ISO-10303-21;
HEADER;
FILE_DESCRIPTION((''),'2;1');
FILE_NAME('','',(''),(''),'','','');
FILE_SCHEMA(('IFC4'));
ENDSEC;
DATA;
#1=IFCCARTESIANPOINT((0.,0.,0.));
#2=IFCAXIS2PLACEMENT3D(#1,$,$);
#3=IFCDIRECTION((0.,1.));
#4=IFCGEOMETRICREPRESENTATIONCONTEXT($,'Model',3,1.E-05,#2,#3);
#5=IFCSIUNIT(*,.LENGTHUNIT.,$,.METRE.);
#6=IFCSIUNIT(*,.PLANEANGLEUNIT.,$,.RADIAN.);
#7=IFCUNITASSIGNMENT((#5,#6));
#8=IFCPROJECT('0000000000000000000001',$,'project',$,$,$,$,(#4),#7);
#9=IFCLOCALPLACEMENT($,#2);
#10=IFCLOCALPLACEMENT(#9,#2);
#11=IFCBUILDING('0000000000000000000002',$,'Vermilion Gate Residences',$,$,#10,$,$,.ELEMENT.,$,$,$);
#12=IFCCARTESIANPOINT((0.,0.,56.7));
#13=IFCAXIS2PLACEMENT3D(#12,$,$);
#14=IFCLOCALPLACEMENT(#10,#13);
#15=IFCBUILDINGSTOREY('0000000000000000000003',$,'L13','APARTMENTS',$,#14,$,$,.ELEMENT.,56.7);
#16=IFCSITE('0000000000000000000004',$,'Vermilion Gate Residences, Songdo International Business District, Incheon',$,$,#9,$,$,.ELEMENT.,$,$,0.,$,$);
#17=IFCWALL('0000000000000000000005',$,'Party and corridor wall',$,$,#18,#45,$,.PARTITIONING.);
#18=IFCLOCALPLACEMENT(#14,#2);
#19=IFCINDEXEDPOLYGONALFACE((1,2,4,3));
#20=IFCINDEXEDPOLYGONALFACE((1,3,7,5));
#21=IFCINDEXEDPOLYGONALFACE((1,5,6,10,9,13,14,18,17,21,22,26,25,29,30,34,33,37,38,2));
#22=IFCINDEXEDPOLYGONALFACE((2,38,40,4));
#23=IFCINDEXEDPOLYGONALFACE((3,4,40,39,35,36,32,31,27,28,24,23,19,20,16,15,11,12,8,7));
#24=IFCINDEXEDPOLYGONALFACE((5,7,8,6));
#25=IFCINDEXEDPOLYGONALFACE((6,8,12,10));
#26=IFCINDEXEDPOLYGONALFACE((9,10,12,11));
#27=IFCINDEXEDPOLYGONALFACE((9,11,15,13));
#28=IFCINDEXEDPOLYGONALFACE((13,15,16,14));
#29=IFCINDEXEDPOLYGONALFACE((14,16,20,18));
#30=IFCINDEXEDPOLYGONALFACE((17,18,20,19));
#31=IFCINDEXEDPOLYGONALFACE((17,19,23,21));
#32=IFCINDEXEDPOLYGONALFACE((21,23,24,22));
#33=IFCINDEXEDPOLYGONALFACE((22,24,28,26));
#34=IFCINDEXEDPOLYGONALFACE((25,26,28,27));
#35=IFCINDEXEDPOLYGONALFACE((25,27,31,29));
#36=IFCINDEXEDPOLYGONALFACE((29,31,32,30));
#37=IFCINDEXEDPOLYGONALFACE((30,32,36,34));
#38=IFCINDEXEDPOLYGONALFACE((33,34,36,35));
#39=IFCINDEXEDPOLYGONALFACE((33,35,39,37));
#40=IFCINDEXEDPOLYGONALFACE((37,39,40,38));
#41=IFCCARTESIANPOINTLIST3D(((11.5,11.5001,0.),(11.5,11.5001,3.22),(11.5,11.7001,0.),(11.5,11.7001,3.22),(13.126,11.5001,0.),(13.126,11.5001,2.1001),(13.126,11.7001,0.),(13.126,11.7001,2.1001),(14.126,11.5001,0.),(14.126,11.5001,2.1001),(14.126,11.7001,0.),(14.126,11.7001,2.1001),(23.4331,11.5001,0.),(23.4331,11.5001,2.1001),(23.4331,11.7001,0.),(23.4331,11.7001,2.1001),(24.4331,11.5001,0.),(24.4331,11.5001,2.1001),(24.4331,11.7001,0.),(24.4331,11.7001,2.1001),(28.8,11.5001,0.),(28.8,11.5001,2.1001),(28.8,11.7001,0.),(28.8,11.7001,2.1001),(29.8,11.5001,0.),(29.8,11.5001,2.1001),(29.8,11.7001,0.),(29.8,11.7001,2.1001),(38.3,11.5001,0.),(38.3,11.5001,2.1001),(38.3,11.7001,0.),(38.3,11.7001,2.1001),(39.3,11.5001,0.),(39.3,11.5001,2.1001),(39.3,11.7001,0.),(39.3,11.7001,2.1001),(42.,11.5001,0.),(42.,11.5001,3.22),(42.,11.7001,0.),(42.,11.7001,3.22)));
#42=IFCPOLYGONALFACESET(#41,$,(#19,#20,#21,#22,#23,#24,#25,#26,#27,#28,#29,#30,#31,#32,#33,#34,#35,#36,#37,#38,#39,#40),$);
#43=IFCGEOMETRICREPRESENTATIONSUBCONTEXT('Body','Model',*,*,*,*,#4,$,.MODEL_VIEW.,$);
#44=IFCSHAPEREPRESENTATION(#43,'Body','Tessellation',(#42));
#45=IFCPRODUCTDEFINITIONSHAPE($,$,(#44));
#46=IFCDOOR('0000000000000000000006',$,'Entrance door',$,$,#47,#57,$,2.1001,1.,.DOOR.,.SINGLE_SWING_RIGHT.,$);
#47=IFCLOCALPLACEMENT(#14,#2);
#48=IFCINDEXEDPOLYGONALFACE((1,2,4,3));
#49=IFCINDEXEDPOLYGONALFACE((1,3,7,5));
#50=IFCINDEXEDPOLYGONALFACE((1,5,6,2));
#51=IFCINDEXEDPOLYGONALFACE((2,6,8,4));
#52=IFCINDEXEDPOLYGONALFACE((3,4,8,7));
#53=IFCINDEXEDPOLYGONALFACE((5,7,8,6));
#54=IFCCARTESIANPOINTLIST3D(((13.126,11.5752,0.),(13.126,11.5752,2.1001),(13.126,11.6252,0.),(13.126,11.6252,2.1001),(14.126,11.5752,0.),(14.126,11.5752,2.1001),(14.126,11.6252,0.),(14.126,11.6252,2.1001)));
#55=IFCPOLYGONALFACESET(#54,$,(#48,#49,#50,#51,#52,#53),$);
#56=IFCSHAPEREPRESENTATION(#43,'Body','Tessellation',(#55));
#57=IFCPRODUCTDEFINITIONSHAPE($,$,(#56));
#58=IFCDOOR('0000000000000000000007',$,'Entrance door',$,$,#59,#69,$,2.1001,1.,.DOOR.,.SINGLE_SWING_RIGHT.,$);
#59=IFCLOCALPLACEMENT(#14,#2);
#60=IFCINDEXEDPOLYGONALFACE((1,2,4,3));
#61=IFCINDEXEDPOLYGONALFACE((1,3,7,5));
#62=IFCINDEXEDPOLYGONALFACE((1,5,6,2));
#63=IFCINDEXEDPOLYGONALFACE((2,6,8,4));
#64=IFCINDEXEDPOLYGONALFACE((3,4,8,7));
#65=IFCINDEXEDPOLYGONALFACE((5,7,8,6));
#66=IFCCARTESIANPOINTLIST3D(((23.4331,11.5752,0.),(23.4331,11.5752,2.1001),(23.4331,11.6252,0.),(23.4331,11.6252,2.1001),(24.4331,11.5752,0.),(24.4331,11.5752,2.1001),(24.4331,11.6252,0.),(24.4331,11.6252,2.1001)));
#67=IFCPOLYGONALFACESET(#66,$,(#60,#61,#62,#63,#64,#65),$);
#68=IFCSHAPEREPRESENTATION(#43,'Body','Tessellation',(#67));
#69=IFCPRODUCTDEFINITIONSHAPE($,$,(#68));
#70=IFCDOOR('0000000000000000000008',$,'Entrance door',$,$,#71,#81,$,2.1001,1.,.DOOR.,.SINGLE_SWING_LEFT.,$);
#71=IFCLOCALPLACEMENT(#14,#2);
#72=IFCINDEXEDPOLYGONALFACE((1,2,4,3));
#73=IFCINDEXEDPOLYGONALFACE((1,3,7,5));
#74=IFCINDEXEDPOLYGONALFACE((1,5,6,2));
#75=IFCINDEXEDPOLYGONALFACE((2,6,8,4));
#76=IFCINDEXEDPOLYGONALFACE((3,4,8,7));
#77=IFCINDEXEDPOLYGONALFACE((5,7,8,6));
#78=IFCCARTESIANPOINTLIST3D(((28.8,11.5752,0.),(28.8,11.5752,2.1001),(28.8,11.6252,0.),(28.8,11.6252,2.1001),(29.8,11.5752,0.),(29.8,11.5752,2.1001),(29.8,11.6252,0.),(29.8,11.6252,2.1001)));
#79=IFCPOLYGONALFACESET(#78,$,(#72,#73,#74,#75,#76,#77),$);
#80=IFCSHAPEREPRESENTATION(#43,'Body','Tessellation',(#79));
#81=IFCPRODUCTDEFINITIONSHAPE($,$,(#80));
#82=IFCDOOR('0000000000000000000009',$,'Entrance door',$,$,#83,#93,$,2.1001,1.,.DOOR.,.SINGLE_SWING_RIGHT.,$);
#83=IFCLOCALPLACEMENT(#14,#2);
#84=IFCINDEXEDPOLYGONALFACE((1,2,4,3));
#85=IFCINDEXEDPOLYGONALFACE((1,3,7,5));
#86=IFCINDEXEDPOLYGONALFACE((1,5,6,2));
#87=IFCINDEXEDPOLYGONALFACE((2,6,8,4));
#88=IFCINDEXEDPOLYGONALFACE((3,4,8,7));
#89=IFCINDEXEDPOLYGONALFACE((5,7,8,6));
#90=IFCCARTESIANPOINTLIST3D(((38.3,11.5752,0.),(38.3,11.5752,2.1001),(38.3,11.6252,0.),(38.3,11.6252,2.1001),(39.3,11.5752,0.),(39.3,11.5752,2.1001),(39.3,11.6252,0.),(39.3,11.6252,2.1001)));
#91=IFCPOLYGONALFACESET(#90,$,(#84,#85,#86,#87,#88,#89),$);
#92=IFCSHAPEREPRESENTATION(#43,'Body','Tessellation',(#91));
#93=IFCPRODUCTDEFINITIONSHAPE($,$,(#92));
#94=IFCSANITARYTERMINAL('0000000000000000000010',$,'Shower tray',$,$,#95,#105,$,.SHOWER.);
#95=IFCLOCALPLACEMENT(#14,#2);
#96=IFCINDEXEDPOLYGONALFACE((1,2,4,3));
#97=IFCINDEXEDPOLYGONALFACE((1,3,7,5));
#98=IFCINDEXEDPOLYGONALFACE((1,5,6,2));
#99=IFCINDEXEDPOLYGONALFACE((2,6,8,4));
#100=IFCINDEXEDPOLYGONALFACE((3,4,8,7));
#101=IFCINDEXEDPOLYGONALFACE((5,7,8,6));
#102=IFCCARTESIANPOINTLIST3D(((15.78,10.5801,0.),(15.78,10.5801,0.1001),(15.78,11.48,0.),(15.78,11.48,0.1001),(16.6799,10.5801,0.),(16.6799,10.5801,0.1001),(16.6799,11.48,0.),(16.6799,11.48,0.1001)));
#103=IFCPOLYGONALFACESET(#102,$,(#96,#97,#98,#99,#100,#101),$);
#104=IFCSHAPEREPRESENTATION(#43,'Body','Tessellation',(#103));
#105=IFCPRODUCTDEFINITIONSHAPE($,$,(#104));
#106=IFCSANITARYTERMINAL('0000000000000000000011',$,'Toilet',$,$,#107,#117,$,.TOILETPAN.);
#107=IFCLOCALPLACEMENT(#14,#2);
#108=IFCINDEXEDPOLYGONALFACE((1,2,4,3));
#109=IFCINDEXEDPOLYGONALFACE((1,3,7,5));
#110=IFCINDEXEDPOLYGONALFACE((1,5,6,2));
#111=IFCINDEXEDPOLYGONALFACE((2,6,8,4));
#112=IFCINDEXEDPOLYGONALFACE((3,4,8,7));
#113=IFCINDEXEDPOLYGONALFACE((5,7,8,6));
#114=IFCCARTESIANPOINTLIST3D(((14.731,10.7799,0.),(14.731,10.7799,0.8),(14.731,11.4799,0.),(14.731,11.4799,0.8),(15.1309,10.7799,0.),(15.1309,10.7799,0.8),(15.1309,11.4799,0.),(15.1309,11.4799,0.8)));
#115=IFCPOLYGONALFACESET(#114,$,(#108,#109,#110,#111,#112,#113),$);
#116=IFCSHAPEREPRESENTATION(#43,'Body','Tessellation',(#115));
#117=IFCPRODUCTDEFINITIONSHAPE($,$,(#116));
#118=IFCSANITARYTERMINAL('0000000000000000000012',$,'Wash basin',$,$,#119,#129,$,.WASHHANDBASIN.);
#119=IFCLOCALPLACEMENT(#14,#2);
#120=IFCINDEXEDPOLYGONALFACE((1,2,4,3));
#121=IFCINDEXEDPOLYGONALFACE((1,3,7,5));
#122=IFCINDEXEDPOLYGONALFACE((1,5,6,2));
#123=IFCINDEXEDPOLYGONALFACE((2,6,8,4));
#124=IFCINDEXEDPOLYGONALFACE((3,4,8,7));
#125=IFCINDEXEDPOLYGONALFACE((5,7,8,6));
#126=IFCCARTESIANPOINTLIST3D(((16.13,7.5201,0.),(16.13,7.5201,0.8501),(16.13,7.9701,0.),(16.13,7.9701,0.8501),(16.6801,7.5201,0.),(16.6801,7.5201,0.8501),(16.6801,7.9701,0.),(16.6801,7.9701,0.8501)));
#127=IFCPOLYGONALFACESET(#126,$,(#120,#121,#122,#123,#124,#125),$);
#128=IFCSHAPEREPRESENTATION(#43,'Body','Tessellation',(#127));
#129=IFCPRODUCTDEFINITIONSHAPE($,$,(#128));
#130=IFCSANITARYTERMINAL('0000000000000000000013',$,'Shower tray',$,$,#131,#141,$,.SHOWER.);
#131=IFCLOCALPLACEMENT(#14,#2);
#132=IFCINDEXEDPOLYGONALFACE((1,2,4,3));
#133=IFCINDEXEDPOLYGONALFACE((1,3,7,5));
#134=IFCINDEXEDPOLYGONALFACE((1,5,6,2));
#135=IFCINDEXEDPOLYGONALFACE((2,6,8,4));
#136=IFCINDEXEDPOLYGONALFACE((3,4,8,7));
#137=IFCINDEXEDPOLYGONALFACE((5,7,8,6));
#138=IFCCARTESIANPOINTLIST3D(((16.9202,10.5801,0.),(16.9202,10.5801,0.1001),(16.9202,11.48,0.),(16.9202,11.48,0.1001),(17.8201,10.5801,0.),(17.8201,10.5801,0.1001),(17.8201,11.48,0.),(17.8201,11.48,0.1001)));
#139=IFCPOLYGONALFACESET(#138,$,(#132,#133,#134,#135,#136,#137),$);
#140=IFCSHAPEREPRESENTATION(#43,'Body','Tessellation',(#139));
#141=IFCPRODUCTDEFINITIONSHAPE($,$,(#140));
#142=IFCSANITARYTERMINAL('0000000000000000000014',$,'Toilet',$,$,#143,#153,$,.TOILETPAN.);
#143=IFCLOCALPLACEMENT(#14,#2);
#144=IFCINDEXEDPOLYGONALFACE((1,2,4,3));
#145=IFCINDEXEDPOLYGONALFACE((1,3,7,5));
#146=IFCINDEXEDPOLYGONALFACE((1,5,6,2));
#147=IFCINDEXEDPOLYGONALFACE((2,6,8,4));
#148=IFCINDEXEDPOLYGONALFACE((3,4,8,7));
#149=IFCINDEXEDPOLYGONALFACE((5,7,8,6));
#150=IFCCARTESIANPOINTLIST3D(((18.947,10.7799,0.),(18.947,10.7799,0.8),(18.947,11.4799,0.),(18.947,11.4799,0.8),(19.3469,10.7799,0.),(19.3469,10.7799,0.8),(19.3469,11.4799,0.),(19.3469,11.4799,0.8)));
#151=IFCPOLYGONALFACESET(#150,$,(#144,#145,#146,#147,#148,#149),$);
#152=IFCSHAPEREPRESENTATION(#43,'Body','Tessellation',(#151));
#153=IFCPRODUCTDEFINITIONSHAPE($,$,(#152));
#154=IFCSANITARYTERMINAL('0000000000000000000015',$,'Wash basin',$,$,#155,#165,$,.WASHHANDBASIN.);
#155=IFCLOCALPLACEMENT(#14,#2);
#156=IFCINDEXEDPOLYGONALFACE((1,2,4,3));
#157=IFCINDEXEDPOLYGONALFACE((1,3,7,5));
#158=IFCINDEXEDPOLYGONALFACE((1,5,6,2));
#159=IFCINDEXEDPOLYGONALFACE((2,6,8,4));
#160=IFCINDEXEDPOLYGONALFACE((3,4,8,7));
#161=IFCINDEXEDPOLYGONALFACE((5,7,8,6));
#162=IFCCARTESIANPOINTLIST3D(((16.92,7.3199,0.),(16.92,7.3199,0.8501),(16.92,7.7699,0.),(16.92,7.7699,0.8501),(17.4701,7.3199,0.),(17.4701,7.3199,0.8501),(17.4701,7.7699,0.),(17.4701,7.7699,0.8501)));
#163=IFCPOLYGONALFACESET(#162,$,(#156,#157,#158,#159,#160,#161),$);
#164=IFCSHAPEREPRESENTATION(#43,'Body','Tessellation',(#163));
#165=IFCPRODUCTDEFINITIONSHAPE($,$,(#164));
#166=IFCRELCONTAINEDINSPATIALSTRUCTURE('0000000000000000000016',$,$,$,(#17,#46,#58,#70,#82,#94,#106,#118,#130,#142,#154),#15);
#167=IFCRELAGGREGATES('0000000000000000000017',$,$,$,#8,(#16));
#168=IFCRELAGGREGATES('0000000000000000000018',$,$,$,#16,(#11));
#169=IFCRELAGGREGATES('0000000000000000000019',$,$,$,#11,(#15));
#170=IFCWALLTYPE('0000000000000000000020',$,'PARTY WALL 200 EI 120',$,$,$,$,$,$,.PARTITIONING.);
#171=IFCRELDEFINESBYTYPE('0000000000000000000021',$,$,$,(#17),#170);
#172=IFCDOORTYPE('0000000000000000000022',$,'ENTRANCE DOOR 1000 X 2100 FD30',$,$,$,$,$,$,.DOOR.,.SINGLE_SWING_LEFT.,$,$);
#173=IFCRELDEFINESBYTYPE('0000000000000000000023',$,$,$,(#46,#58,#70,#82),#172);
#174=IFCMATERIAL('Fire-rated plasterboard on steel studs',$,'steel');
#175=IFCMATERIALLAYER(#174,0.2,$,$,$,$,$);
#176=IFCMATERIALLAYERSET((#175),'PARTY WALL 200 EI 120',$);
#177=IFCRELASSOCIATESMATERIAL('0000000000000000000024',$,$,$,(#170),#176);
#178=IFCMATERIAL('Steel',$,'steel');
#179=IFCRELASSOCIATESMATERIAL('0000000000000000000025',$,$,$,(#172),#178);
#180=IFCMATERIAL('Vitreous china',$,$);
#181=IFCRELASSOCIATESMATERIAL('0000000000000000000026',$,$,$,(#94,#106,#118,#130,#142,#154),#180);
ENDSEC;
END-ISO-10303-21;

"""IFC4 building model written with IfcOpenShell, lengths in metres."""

from ifc_helpers import new_model, si_unit, direction, frame, frame_2d, origin, origin_2d, place, context, subcontext, project, spatial, rectangle, extrude, material, layer, layer_set, type_object, element, fill, save


model = new_model("IFC4")

# Units and contexts
model_context = context("Model", 3, precision=1e-05, world=origin(), true_north=direction((0.0, 1.0)))
body_context = subcontext(model_context, "Body", "Model", "MODEL_VIEW")
ifc_project = project(units=[si_unit("LENGTHUNIT", "METRE"), si_unit("PLANEANGLEUNIT", "RADIAN")], contexts=[model_context])

# Site, building, storey
site_placement = place(None, origin())
site = spatial("IfcSite", under=ifc_project, at=site_placement, Name="Vermilion Gate Residences, Songdo International Business District, Incheon", CompositionType="ELEMENT", RefElevation=0.0)
building_placement = place(site_placement, origin())
building = spatial("IfcBuilding", under=site, at=building_placement, Name="Vermilion Gate Residences", CompositionType="ELEMENT")
storey_placement = place(building_placement, frame((0.0, 0.0, 56.7)))
storey = spatial("IfcBuildingStorey", under=building, at=storey_placement, Name="L13", Description="APARTMENTS", CompositionType="ELEMENT", Elevation=56.7)

# Wall, openings, doors
ifc_material_1 = material(Name="Fire-rated plasterboard on steel studs", Category="steel")
ifc_layer_1 = layer(ifc_material_1, 0.2)
ifc_layer_set_1 = layer_set([ifc_layer_1], Name="PARTY WALL 200 EI 120")
wall_type_1 = type_object("IfcWallType", Name="PARTY WALL 200 EI 120", PredefinedType="PARTITIONING", material=ifc_layer_set_1)
wall_1_placement = place(storey_placement, frame((11.5, 11.6001, 0.0), z_axis=(0.0, 0.0, 1.0), x_axis=(1.0, 0.0, 0.0)))
wall_1 = element("IfcWall", 1, at=wall_1_placement, inside=storey, type_object=wall_type_1, Name="Party and corridor wall", PredefinedType="PARTITIONING", context=body_context, shape_type="SweptSolid", body=[
    extrude(rectangle(XDim=30.5, YDim=0.2, at=frame_2d((15.25, 0.0))), origin(), (0.0, 0.0, 1.0), 3.22),
])
opening_1_placement = place(wall_1_placement, frame((1.626, 0.0, 0.0)))
opening_1 = element("IfcOpeningElement", 2, at=opening_1_placement, cuts=wall_1, PredefinedType="OPENING", context=body_context, shape_type="SweptSolid", body=[
    extrude(rectangle(XDim=1.0, YDim=2.1001, at=frame_2d((0.5, 1.05))), frame((0.0, 0.1099, 0.0), z_axis=(0.0, -1.0, 0.0), x_axis=(1.0, 0.0, 0.0)), (0.0, 0.0, 1.0), 0.22),
])
opening_2_placement = place(wall_1_placement, frame((11.9331, 0.0, 0.0)))
opening_2 = element("IfcOpeningElement", 3, at=opening_2_placement, cuts=wall_1, PredefinedType="OPENING", context=body_context, shape_type="SweptSolid", body=[
    extrude(rectangle(XDim=1.0, YDim=2.1001, at=frame_2d((0.5, 1.05))), frame((0.0, 0.1099, 0.0), z_axis=(0.0, -1.0, 0.0), x_axis=(1.0, 0.0, 0.0)), (0.0, 0.0, 1.0), 0.22),
])
opening_3_placement = place(wall_1_placement, frame((17.3, 0.0, 0.0)))
opening_3 = element("IfcOpeningElement", 4, at=opening_3_placement, cuts=wall_1, PredefinedType="OPENING", context=body_context, shape_type="SweptSolid", body=[
    extrude(rectangle(XDim=1.0, YDim=2.1001, at=frame_2d((0.5, 1.05))), frame((0.0, 0.1099, 0.0), z_axis=(0.0, -1.0, 0.0), x_axis=(1.0, 0.0, 0.0)), (0.0, 0.0, 1.0), 0.22),
])
opening_4_placement = place(wall_1_placement, frame((26.8, 0.0, 0.0)))
opening_4 = element("IfcOpeningElement", 5, at=opening_4_placement, cuts=wall_1, PredefinedType="OPENING", context=body_context, shape_type="SweptSolid", body=[
    extrude(rectangle(XDim=1.0, YDim=2.1001, at=frame_2d((0.5, 1.05))), frame((0.0, 0.1099, 0.0), z_axis=(0.0, -1.0, 0.0), x_axis=(1.0, 0.0, 0.0)), (0.0, 0.0, 1.0), 0.22),
])
ifc_material_2 = material(Name="Steel", Category="steel")
door_type_1 = type_object("IfcDoorType", Name="ENTRANCE DOOR 1000 X 2100 FD30", OperationType="SINGLE_SWING_LEFT", PredefinedType="DOOR", material=ifc_material_2)
door_1_placement = place(opening_1_placement, frame((1.0, 0.0, 0.0), z_axis=(0.0, 0.0, 1.0), x_axis=(-1.0, 0.0, 0.0)))
door_1 = element("IfcDoor", 6, at=door_1_placement, inside=storey, type_object=door_type_1, Name="Entrance door", OperationType="SINGLE_SWING_RIGHT", OverallHeight=2.1001, OverallWidth=1.0, PredefinedType="DOOR", context=body_context, shape_type="SweptSolid", body=[
    extrude(rectangle(XDim=1.0, YDim=2.1001, at=frame_2d((0.5, 1.05))), frame((0.0, 0.0249, 0.0), z_axis=(0.0, -1.0, 0.0), x_axis=(1.0, 0.0, 0.0)), (0.0, 0.0, 1.0), 0.05),
])
fill(opening_1, door_1)
door_2_placement = place(opening_2_placement, frame((1.0, 0.0, 0.0), z_axis=(0.0, 0.0, 1.0), x_axis=(-1.0, 0.0, 0.0)))
door_2 = element("IfcDoor", 7, at=door_2_placement, inside=storey, type_object=door_type_1, Name="Entrance door", OperationType="SINGLE_SWING_RIGHT", OverallHeight=2.1001, OverallWidth=1.0, PredefinedType="DOOR", context=body_context, shape_type="SweptSolid", body=[
    extrude(rectangle(XDim=1.0, YDim=2.1001, at=frame_2d((0.5, 1.05))), frame((0.0, 0.0249, 0.0), z_axis=(0.0, -1.0, 0.0), x_axis=(1.0, 0.0, 0.0)), (0.0, 0.0, 1.0), 0.05),
])
fill(opening_2, door_2)
door_3_placement = place(opening_3_placement, frame((1.0, 0.0, 0.0), z_axis=(0.0, 0.0, 1.0), x_axis=(-1.0, 0.0, 0.0)))
door_3 = element("IfcDoor", 8, at=door_3_placement, inside=storey, type_object=door_type_1, Name="Entrance door", OperationType="SINGLE_SWING_LEFT", OverallHeight=2.1001, OverallWidth=1.0, PredefinedType="DOOR", context=body_context, shape_type="SweptSolid", body=[
    extrude(rectangle(XDim=1.0, YDim=2.1001, at=frame_2d((0.5, 1.05))), frame((0.0, 0.0249, 0.0), z_axis=(0.0, -1.0, 0.0), x_axis=(1.0, 0.0, 0.0)), (0.0, 0.0, 1.0), 0.05),
])
fill(opening_3, door_3)
door_4_placement = place(opening_4_placement, frame((1.0, 0.0, 0.0), z_axis=(0.0, 0.0, 1.0), x_axis=(-1.0, 0.0, 0.0)))
door_4 = element("IfcDoor", 9, at=door_4_placement, inside=storey, type_object=door_type_1, Name="Entrance door", OperationType="SINGLE_SWING_RIGHT", OverallHeight=2.1001, OverallWidth=1.0, PredefinedType="DOOR", context=body_context, shape_type="SweptSolid", body=[
    extrude(rectangle(XDim=1.0, YDim=2.1001, at=frame_2d((0.5, 1.05))), frame((0.0, 0.0249, 0.0), z_axis=(0.0, -1.0, 0.0), x_axis=(1.0, 0.0, 0.0)), (0.0, 0.0, 1.0), 0.05),
])
fill(opening_4, door_4)

# Sanitary terminals
ifc_material_3 = material(Name="Vitreous china")
sanitary_terminal_1_placement = place(storey_placement, frame((16.23, 11.03, 0.0), z_axis=(0.0, 0.0, 1.0), x_axis=(1.0, 0.0, 0.0)))
element("IfcSanitaryTerminal", 10, at=sanitary_terminal_1_placement, inside=storey, material=ifc_material_3, Name="Shower tray", PredefinedType="SHOWER", context=body_context, shape_type="SweptSolid", body=[
    extrude(rectangle(XDim=0.8999, YDim=0.8999, at=origin_2d()), origin(), (0.0, 0.0, 1.0), 0.1001),
])
sanitary_terminal_2_placement = place(storey_placement, frame((14.9309, 11.1299, 0.0), z_axis=(0.0, 0.0, 1.0), x_axis=(1.0, 0.0, 0.0)))
element("IfcSanitaryTerminal", 11, at=sanitary_terminal_2_placement, inside=storey, material=ifc_material_3, Name="Toilet", PredefinedType="TOILETPAN", context=body_context, shape_type="SweptSolid", body=[
    extrude(rectangle(XDim=0.3999, YDim=0.7, at=origin_2d()), origin(), (0.0, 0.0, 1.0), 0.8),
])
sanitary_terminal_3_placement = place(storey_placement, frame((16.405, 7.7451, 0.0), z_axis=(0.0, 0.0, 1.0), x_axis=(1.0, 0.0, 0.0)))
element("IfcSanitaryTerminal", 12, at=sanitary_terminal_3_placement, inside=storey, material=ifc_material_3, Name="Wash basin", PredefinedType="WASHHANDBASIN", context=body_context, shape_type="SweptSolid", body=[
    extrude(rectangle(XDim=0.55, YDim=0.45, at=origin_2d()), origin(), (0.0, 0.0, 1.0), 0.8501),
])
sanitary_terminal_4_placement = place(storey_placement, frame((17.3701, 11.03, 0.0), z_axis=(0.0, 0.0, 1.0), x_axis=(1.0, 0.0, 0.0)))
element("IfcSanitaryTerminal", 13, at=sanitary_terminal_4_placement, inside=storey, material=ifc_material_3, Name="Shower tray", PredefinedType="SHOWER", context=body_context, shape_type="SweptSolid", body=[
    extrude(rectangle(XDim=0.8999, YDim=0.8999, at=origin_2d()), origin(), (0.0, 0.0, 1.0), 0.1001),
])
sanitary_terminal_5_placement = place(storey_placement, frame((19.147, 11.1299, 0.0), z_axis=(0.0, 0.0, 1.0), x_axis=(1.0, 0.0, 0.0)))
element("IfcSanitaryTerminal", 14, at=sanitary_terminal_5_placement, inside=storey, material=ifc_material_3, Name="Toilet", PredefinedType="TOILETPAN", context=body_context, shape_type="SweptSolid", body=[
    extrude(rectangle(XDim=0.3999, YDim=0.7, at=origin_2d()), origin(), (0.0, 0.0, 1.0), 0.8),
])
sanitary_terminal_6_placement = place(storey_placement, frame((17.1951, 7.5449, 0.0), z_axis=(0.0, 0.0, 1.0), x_axis=(1.0, 0.0, 0.0)))
element("IfcSanitaryTerminal", 15, at=sanitary_terminal_6_placement, inside=storey, material=ifc_material_3, Name="Wash basin", PredefinedType="WASHHANDBASIN", context=body_context, shape_type="SweptSolid", body=[
    extrude(rectangle(XDim=0.55, YDim=0.45, at=origin_2d()), origin(), (0.0, 0.0, 1.0), 0.8501),
])

save(model, "model.ifc")
